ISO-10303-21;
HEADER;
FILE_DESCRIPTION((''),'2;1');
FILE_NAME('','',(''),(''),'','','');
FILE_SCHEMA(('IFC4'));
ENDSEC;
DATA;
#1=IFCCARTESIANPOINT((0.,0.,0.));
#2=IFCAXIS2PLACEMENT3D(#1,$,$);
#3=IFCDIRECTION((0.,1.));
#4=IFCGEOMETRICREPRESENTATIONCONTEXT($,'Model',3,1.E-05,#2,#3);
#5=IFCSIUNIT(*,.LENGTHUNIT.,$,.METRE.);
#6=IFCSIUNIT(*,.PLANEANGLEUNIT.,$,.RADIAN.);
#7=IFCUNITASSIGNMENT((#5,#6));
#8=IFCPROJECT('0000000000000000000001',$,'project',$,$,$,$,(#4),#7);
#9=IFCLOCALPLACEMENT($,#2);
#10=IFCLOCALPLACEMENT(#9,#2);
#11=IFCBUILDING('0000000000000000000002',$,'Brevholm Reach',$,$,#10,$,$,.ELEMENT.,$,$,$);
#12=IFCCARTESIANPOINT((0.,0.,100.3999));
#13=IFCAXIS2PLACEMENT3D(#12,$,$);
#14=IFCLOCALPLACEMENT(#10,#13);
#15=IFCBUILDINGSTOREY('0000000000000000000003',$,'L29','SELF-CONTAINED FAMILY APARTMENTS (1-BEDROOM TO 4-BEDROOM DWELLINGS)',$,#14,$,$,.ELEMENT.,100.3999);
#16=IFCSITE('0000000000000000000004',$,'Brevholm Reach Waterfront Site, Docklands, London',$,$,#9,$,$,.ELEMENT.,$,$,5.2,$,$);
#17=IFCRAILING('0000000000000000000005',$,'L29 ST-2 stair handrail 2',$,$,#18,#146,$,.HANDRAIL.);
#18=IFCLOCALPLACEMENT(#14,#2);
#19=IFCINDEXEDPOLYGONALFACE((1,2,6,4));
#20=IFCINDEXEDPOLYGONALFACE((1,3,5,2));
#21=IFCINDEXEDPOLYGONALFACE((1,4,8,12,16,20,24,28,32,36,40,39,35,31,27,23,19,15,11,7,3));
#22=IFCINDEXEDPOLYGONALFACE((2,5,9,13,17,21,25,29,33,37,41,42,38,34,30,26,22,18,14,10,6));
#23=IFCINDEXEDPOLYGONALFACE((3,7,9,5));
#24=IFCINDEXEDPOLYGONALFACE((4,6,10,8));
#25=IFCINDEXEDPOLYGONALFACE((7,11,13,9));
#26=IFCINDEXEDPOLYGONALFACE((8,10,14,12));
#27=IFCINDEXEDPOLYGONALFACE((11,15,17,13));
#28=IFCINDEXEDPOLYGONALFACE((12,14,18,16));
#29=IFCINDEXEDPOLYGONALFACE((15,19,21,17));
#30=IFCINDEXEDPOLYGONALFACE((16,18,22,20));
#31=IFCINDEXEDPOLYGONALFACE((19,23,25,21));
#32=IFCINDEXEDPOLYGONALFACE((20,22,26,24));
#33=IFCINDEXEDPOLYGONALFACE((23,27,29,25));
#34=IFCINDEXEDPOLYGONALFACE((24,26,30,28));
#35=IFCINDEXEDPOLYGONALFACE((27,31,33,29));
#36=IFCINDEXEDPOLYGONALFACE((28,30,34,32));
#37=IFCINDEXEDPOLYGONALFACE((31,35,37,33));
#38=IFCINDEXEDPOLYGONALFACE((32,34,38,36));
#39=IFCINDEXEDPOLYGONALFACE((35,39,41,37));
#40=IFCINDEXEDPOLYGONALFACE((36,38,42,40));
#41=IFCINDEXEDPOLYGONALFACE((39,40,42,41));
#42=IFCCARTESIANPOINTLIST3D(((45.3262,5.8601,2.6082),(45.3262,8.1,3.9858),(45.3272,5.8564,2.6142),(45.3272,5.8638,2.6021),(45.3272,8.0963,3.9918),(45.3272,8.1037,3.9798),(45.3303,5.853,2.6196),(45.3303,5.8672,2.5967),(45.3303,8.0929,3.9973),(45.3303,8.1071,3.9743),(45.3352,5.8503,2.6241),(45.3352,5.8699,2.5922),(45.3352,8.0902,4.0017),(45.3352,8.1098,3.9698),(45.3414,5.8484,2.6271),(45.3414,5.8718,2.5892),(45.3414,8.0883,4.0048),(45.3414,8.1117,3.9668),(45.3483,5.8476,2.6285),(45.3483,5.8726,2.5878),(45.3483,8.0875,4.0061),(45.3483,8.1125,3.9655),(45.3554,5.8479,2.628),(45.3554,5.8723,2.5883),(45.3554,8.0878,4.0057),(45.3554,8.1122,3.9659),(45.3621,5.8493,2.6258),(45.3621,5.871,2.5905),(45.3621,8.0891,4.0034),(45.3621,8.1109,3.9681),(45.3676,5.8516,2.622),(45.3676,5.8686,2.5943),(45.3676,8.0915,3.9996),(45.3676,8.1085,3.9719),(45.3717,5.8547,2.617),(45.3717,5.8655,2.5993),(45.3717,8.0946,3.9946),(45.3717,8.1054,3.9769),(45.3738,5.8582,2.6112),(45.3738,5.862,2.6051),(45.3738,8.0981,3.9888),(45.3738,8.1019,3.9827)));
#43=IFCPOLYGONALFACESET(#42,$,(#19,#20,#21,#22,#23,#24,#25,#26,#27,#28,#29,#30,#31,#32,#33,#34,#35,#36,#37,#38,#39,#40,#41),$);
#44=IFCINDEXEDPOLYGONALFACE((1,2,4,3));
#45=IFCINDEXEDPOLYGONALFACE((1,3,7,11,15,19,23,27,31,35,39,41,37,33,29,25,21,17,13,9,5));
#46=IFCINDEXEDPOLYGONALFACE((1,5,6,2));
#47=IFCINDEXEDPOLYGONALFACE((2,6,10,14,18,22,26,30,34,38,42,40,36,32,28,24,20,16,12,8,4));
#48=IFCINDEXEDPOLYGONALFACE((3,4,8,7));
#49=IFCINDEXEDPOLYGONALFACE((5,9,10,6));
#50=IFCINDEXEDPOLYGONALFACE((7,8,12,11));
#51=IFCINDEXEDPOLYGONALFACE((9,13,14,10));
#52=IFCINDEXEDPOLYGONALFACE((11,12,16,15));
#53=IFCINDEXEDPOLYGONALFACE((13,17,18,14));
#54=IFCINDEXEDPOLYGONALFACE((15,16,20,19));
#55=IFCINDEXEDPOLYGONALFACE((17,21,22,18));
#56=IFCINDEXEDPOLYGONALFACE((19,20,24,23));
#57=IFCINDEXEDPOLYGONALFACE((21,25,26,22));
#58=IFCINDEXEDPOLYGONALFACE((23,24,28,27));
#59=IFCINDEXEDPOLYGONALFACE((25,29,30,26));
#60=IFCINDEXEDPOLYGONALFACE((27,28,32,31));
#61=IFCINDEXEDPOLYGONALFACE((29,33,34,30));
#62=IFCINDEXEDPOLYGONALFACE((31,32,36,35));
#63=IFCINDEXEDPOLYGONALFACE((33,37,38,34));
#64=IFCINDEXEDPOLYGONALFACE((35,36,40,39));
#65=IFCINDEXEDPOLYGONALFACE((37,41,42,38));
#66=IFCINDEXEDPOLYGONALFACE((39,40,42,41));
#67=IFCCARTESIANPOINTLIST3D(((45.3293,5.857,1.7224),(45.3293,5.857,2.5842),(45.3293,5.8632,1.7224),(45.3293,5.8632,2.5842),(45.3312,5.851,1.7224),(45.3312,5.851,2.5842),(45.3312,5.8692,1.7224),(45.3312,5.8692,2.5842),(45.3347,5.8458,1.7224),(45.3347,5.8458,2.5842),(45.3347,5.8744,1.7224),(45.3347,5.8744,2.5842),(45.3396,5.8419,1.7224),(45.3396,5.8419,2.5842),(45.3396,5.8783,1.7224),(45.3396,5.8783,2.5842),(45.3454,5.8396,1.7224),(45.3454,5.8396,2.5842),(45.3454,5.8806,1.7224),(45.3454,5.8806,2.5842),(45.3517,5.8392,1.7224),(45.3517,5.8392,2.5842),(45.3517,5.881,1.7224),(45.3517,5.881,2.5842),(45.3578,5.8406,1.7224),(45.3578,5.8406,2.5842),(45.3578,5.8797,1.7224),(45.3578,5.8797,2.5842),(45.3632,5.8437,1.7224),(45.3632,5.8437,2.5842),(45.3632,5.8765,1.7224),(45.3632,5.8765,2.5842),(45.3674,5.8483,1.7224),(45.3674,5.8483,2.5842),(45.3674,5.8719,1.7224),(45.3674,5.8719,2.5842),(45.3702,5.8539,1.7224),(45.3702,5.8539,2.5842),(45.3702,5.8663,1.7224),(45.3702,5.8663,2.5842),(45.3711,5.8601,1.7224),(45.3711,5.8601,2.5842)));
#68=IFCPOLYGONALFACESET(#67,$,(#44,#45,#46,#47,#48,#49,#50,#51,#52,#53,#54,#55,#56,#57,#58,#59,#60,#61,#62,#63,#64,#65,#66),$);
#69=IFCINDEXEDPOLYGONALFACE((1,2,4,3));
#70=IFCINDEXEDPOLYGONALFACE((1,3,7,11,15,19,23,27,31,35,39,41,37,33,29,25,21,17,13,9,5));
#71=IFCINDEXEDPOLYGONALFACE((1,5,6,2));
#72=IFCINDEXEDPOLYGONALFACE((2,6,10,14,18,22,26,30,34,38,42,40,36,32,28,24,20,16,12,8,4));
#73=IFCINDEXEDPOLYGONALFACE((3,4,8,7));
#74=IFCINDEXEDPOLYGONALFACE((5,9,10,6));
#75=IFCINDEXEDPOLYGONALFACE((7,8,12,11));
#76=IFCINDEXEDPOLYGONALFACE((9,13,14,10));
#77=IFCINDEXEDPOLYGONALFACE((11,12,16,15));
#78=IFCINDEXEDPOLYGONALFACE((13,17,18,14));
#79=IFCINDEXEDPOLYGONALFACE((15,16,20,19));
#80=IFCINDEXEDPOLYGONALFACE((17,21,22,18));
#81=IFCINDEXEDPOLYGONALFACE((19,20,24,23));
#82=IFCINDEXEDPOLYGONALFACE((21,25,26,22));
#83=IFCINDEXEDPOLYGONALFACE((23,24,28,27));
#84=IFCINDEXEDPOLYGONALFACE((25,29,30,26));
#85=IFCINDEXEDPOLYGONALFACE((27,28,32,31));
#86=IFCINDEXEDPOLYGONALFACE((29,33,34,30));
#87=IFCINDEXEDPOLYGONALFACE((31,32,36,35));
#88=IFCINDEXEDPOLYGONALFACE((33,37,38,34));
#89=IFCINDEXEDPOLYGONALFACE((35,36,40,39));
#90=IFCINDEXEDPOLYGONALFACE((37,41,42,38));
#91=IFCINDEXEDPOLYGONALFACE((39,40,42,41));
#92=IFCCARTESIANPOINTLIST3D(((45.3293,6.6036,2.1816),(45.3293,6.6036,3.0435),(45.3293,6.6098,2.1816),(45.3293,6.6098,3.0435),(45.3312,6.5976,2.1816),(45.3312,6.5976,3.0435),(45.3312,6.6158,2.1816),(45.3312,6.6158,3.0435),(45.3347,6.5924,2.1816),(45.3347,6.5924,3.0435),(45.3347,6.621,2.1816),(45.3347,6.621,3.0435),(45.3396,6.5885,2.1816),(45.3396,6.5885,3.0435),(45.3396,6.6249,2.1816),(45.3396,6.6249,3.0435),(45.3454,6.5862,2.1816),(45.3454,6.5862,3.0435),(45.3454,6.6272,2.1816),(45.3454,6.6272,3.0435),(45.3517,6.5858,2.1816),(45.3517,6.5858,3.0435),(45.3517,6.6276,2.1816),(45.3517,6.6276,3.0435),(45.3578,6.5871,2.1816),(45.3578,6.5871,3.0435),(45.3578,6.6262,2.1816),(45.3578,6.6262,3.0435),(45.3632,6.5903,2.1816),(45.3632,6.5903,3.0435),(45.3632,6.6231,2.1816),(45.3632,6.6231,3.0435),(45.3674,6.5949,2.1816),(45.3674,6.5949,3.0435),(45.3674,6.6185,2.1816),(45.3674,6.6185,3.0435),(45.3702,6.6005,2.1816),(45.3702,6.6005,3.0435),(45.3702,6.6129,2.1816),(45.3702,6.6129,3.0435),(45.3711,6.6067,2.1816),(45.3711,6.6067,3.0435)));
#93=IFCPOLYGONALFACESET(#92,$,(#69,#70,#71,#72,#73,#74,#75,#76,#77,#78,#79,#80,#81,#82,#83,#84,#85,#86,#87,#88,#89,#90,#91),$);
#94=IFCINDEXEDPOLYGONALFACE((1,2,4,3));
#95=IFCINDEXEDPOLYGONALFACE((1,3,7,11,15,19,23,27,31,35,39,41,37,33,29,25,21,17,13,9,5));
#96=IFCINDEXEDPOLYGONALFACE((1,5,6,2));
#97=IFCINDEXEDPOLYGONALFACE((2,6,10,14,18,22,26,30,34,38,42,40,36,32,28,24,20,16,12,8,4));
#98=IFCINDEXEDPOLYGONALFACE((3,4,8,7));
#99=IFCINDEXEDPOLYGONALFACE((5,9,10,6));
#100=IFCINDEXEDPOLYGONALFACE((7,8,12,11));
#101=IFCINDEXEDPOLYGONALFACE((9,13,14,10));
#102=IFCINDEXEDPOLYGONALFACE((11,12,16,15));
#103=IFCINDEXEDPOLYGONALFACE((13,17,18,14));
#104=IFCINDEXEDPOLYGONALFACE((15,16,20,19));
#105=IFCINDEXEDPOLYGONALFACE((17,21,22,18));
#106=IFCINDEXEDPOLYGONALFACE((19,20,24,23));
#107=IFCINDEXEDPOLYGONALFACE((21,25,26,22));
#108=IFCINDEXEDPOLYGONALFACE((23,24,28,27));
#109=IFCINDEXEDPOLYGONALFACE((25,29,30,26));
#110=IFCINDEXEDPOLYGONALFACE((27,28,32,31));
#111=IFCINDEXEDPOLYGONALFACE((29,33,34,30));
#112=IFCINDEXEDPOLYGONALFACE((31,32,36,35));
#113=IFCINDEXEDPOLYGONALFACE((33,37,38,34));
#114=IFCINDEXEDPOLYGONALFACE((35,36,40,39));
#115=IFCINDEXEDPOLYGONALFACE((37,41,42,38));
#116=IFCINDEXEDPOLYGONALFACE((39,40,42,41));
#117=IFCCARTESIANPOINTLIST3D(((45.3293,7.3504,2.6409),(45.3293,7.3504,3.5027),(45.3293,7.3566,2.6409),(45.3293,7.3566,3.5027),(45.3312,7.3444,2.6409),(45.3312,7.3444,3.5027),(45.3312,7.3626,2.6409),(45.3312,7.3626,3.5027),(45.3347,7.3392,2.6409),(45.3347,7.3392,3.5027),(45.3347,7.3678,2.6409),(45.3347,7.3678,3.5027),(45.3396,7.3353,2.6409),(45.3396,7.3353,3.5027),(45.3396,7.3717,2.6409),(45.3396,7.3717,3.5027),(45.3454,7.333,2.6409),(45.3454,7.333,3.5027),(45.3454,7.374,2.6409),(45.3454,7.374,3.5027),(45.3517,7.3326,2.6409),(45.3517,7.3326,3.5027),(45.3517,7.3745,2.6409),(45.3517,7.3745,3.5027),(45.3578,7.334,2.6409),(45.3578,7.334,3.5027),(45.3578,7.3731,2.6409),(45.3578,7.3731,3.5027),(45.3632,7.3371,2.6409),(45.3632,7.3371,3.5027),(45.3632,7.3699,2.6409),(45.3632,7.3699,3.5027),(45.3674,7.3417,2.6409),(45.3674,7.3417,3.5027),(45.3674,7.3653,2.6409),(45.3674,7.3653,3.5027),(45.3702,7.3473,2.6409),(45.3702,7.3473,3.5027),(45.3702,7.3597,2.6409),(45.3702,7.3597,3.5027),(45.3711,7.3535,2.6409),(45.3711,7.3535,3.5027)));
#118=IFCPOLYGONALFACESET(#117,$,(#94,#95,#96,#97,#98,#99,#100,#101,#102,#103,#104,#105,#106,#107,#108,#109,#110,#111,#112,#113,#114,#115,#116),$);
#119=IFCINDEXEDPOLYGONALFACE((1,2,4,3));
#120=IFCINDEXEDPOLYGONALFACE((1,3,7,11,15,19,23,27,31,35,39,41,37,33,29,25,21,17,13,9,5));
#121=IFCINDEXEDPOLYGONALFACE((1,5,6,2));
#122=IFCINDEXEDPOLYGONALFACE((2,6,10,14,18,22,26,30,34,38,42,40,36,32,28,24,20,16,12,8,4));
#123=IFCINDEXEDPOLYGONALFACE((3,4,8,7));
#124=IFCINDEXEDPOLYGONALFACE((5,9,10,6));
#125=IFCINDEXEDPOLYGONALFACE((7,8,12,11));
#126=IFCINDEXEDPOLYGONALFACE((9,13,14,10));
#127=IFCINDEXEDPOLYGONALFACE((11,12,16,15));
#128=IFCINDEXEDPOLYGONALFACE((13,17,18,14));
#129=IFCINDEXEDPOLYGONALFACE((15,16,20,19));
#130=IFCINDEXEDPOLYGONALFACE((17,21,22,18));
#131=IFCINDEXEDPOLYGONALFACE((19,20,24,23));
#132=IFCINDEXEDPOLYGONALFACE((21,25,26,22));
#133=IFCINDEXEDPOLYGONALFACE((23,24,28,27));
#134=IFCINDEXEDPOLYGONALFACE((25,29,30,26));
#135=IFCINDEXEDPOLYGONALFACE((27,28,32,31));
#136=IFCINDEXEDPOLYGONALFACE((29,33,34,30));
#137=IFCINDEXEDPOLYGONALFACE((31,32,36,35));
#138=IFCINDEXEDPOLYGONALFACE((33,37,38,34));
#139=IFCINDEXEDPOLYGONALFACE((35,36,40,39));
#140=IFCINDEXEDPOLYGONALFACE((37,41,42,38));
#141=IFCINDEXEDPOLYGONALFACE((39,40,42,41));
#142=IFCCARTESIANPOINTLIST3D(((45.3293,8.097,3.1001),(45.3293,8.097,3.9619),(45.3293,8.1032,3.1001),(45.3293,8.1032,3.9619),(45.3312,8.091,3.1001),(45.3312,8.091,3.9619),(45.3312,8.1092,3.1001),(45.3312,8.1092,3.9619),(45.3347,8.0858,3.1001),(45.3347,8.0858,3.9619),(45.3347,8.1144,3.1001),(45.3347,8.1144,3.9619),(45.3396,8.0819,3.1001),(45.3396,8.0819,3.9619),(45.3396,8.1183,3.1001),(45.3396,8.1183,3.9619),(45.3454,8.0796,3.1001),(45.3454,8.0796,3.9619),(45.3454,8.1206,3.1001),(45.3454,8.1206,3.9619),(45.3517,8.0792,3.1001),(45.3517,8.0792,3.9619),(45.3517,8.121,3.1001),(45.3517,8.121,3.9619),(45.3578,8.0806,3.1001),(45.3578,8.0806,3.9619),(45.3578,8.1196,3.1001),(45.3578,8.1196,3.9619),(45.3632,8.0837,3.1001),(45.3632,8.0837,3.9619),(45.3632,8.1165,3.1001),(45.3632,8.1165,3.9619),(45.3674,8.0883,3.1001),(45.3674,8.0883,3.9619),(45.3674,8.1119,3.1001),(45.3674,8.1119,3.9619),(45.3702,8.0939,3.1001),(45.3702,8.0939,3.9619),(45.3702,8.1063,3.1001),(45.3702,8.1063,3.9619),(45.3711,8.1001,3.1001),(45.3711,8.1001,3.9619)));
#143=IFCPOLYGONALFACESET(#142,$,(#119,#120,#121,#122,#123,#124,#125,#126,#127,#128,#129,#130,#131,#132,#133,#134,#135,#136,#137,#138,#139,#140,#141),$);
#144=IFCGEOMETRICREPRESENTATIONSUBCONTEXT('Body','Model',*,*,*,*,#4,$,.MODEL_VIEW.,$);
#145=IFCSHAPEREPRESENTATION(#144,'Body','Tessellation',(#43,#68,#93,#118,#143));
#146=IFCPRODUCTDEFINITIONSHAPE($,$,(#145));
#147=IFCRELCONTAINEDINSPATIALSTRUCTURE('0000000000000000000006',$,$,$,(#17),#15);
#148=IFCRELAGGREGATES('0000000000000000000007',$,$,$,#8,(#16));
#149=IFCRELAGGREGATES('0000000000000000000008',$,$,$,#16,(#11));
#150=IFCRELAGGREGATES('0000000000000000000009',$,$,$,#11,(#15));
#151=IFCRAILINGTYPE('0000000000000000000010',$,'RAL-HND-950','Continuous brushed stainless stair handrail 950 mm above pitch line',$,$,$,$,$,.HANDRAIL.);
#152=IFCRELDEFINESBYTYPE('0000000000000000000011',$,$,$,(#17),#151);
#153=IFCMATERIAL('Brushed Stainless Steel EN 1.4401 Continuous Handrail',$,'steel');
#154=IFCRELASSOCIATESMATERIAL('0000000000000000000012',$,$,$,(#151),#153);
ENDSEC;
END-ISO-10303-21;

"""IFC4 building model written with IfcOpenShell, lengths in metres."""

from ifc_helpers import new_model, si_unit, direction, frame, origin, origin_2d, place, context, subcontext, project, spatial, circle, extrude, material, type_object, element, save


model = new_model("IFC4")

# Units and contexts
model_context = context("Model", 3, precision=1e-05, world=origin(), true_north=direction((0.0, 1.0)))
body_context = subcontext(model_context, "Body", "Model", "MODEL_VIEW")
ifc_project = project(units=[si_unit("LENGTHUNIT", "METRE"), si_unit("PLANEANGLEUNIT", "RADIAN")], contexts=[model_context])

# Site, building, storey
site_placement = place(None, origin())
site = spatial("IfcSite", under=ifc_project, at=site_placement, Name="Brevholm Reach Waterfront Site, Docklands, London", CompositionType="ELEMENT", RefElevation=5.2)
building_placement = place(site_placement, origin())
building = spatial("IfcBuilding", under=site, at=building_placement, Name="Brevholm Reach", CompositionType="ELEMENT")
storey_placement = place(building_placement, frame((0.0, 0.0, 100.3999)))
storey = spatial("IfcBuildingStorey", under=building, at=storey_placement, Name="L29", Description="SELF-CONTAINED FAMILY APARTMENTS (1-BEDROOM TO 4-BEDROOM DWELLINGS)", CompositionType="ELEMENT", Elevation=100.3999)

# Railing
ifc_material_1 = material(Name="Brushed Stainless Steel EN 1.4401 Continuous Handrail", Category="steel")
railing_type_1 = type_object("IfcRailingType", Name="RAL-HND-950", Description="Continuous brushed stainless stair handrail 950 mm above pitch line", PredefinedType="HANDRAIL", material=ifc_material_1)
railing_1_placement = place(storey_placement, frame((45.3501, 5.8601, 1.7224)))
element("IfcRailing", 1, at=railing_1_placement, inside=storey, type_object=railing_type_1, Name="L29 ST-2 stair handrail 2", PredefinedType="HANDRAIL", context=body_context, shape_type="SweptSolid", body=[
    extrude(circle(Radius=0.0239, at=origin_2d()), frame((0.0, 0.0, 0.8857), z_axis=(0.0, 0.851789, 0.523885), x_axis=(-1.0, 0.0, 0.0)), (0.0, 0.0, 1.0), 2.6296),
    extrude(circle(Radius=0.021, at=origin_2d()), origin(), (0.0, 0.0, 1.0), 0.8618),
    extrude(circle(Radius=0.021, at=origin_2d()), frame((0.0, 0.7466, 0.4592)), (0.0, 0.0, 1.0), 0.8618),
    extrude(circle(Radius=0.021, at=origin_2d()), frame((0.0, 1.4934, 0.9185)), (0.0, 0.0, 1.0), 0.8618),
    extrude(circle(Radius=0.021, at=origin_2d()), frame((0.0, 2.24, 1.3777)), (0.0, 0.0, 1.0), 0.8618),
])

save(model, "model.ifc")
